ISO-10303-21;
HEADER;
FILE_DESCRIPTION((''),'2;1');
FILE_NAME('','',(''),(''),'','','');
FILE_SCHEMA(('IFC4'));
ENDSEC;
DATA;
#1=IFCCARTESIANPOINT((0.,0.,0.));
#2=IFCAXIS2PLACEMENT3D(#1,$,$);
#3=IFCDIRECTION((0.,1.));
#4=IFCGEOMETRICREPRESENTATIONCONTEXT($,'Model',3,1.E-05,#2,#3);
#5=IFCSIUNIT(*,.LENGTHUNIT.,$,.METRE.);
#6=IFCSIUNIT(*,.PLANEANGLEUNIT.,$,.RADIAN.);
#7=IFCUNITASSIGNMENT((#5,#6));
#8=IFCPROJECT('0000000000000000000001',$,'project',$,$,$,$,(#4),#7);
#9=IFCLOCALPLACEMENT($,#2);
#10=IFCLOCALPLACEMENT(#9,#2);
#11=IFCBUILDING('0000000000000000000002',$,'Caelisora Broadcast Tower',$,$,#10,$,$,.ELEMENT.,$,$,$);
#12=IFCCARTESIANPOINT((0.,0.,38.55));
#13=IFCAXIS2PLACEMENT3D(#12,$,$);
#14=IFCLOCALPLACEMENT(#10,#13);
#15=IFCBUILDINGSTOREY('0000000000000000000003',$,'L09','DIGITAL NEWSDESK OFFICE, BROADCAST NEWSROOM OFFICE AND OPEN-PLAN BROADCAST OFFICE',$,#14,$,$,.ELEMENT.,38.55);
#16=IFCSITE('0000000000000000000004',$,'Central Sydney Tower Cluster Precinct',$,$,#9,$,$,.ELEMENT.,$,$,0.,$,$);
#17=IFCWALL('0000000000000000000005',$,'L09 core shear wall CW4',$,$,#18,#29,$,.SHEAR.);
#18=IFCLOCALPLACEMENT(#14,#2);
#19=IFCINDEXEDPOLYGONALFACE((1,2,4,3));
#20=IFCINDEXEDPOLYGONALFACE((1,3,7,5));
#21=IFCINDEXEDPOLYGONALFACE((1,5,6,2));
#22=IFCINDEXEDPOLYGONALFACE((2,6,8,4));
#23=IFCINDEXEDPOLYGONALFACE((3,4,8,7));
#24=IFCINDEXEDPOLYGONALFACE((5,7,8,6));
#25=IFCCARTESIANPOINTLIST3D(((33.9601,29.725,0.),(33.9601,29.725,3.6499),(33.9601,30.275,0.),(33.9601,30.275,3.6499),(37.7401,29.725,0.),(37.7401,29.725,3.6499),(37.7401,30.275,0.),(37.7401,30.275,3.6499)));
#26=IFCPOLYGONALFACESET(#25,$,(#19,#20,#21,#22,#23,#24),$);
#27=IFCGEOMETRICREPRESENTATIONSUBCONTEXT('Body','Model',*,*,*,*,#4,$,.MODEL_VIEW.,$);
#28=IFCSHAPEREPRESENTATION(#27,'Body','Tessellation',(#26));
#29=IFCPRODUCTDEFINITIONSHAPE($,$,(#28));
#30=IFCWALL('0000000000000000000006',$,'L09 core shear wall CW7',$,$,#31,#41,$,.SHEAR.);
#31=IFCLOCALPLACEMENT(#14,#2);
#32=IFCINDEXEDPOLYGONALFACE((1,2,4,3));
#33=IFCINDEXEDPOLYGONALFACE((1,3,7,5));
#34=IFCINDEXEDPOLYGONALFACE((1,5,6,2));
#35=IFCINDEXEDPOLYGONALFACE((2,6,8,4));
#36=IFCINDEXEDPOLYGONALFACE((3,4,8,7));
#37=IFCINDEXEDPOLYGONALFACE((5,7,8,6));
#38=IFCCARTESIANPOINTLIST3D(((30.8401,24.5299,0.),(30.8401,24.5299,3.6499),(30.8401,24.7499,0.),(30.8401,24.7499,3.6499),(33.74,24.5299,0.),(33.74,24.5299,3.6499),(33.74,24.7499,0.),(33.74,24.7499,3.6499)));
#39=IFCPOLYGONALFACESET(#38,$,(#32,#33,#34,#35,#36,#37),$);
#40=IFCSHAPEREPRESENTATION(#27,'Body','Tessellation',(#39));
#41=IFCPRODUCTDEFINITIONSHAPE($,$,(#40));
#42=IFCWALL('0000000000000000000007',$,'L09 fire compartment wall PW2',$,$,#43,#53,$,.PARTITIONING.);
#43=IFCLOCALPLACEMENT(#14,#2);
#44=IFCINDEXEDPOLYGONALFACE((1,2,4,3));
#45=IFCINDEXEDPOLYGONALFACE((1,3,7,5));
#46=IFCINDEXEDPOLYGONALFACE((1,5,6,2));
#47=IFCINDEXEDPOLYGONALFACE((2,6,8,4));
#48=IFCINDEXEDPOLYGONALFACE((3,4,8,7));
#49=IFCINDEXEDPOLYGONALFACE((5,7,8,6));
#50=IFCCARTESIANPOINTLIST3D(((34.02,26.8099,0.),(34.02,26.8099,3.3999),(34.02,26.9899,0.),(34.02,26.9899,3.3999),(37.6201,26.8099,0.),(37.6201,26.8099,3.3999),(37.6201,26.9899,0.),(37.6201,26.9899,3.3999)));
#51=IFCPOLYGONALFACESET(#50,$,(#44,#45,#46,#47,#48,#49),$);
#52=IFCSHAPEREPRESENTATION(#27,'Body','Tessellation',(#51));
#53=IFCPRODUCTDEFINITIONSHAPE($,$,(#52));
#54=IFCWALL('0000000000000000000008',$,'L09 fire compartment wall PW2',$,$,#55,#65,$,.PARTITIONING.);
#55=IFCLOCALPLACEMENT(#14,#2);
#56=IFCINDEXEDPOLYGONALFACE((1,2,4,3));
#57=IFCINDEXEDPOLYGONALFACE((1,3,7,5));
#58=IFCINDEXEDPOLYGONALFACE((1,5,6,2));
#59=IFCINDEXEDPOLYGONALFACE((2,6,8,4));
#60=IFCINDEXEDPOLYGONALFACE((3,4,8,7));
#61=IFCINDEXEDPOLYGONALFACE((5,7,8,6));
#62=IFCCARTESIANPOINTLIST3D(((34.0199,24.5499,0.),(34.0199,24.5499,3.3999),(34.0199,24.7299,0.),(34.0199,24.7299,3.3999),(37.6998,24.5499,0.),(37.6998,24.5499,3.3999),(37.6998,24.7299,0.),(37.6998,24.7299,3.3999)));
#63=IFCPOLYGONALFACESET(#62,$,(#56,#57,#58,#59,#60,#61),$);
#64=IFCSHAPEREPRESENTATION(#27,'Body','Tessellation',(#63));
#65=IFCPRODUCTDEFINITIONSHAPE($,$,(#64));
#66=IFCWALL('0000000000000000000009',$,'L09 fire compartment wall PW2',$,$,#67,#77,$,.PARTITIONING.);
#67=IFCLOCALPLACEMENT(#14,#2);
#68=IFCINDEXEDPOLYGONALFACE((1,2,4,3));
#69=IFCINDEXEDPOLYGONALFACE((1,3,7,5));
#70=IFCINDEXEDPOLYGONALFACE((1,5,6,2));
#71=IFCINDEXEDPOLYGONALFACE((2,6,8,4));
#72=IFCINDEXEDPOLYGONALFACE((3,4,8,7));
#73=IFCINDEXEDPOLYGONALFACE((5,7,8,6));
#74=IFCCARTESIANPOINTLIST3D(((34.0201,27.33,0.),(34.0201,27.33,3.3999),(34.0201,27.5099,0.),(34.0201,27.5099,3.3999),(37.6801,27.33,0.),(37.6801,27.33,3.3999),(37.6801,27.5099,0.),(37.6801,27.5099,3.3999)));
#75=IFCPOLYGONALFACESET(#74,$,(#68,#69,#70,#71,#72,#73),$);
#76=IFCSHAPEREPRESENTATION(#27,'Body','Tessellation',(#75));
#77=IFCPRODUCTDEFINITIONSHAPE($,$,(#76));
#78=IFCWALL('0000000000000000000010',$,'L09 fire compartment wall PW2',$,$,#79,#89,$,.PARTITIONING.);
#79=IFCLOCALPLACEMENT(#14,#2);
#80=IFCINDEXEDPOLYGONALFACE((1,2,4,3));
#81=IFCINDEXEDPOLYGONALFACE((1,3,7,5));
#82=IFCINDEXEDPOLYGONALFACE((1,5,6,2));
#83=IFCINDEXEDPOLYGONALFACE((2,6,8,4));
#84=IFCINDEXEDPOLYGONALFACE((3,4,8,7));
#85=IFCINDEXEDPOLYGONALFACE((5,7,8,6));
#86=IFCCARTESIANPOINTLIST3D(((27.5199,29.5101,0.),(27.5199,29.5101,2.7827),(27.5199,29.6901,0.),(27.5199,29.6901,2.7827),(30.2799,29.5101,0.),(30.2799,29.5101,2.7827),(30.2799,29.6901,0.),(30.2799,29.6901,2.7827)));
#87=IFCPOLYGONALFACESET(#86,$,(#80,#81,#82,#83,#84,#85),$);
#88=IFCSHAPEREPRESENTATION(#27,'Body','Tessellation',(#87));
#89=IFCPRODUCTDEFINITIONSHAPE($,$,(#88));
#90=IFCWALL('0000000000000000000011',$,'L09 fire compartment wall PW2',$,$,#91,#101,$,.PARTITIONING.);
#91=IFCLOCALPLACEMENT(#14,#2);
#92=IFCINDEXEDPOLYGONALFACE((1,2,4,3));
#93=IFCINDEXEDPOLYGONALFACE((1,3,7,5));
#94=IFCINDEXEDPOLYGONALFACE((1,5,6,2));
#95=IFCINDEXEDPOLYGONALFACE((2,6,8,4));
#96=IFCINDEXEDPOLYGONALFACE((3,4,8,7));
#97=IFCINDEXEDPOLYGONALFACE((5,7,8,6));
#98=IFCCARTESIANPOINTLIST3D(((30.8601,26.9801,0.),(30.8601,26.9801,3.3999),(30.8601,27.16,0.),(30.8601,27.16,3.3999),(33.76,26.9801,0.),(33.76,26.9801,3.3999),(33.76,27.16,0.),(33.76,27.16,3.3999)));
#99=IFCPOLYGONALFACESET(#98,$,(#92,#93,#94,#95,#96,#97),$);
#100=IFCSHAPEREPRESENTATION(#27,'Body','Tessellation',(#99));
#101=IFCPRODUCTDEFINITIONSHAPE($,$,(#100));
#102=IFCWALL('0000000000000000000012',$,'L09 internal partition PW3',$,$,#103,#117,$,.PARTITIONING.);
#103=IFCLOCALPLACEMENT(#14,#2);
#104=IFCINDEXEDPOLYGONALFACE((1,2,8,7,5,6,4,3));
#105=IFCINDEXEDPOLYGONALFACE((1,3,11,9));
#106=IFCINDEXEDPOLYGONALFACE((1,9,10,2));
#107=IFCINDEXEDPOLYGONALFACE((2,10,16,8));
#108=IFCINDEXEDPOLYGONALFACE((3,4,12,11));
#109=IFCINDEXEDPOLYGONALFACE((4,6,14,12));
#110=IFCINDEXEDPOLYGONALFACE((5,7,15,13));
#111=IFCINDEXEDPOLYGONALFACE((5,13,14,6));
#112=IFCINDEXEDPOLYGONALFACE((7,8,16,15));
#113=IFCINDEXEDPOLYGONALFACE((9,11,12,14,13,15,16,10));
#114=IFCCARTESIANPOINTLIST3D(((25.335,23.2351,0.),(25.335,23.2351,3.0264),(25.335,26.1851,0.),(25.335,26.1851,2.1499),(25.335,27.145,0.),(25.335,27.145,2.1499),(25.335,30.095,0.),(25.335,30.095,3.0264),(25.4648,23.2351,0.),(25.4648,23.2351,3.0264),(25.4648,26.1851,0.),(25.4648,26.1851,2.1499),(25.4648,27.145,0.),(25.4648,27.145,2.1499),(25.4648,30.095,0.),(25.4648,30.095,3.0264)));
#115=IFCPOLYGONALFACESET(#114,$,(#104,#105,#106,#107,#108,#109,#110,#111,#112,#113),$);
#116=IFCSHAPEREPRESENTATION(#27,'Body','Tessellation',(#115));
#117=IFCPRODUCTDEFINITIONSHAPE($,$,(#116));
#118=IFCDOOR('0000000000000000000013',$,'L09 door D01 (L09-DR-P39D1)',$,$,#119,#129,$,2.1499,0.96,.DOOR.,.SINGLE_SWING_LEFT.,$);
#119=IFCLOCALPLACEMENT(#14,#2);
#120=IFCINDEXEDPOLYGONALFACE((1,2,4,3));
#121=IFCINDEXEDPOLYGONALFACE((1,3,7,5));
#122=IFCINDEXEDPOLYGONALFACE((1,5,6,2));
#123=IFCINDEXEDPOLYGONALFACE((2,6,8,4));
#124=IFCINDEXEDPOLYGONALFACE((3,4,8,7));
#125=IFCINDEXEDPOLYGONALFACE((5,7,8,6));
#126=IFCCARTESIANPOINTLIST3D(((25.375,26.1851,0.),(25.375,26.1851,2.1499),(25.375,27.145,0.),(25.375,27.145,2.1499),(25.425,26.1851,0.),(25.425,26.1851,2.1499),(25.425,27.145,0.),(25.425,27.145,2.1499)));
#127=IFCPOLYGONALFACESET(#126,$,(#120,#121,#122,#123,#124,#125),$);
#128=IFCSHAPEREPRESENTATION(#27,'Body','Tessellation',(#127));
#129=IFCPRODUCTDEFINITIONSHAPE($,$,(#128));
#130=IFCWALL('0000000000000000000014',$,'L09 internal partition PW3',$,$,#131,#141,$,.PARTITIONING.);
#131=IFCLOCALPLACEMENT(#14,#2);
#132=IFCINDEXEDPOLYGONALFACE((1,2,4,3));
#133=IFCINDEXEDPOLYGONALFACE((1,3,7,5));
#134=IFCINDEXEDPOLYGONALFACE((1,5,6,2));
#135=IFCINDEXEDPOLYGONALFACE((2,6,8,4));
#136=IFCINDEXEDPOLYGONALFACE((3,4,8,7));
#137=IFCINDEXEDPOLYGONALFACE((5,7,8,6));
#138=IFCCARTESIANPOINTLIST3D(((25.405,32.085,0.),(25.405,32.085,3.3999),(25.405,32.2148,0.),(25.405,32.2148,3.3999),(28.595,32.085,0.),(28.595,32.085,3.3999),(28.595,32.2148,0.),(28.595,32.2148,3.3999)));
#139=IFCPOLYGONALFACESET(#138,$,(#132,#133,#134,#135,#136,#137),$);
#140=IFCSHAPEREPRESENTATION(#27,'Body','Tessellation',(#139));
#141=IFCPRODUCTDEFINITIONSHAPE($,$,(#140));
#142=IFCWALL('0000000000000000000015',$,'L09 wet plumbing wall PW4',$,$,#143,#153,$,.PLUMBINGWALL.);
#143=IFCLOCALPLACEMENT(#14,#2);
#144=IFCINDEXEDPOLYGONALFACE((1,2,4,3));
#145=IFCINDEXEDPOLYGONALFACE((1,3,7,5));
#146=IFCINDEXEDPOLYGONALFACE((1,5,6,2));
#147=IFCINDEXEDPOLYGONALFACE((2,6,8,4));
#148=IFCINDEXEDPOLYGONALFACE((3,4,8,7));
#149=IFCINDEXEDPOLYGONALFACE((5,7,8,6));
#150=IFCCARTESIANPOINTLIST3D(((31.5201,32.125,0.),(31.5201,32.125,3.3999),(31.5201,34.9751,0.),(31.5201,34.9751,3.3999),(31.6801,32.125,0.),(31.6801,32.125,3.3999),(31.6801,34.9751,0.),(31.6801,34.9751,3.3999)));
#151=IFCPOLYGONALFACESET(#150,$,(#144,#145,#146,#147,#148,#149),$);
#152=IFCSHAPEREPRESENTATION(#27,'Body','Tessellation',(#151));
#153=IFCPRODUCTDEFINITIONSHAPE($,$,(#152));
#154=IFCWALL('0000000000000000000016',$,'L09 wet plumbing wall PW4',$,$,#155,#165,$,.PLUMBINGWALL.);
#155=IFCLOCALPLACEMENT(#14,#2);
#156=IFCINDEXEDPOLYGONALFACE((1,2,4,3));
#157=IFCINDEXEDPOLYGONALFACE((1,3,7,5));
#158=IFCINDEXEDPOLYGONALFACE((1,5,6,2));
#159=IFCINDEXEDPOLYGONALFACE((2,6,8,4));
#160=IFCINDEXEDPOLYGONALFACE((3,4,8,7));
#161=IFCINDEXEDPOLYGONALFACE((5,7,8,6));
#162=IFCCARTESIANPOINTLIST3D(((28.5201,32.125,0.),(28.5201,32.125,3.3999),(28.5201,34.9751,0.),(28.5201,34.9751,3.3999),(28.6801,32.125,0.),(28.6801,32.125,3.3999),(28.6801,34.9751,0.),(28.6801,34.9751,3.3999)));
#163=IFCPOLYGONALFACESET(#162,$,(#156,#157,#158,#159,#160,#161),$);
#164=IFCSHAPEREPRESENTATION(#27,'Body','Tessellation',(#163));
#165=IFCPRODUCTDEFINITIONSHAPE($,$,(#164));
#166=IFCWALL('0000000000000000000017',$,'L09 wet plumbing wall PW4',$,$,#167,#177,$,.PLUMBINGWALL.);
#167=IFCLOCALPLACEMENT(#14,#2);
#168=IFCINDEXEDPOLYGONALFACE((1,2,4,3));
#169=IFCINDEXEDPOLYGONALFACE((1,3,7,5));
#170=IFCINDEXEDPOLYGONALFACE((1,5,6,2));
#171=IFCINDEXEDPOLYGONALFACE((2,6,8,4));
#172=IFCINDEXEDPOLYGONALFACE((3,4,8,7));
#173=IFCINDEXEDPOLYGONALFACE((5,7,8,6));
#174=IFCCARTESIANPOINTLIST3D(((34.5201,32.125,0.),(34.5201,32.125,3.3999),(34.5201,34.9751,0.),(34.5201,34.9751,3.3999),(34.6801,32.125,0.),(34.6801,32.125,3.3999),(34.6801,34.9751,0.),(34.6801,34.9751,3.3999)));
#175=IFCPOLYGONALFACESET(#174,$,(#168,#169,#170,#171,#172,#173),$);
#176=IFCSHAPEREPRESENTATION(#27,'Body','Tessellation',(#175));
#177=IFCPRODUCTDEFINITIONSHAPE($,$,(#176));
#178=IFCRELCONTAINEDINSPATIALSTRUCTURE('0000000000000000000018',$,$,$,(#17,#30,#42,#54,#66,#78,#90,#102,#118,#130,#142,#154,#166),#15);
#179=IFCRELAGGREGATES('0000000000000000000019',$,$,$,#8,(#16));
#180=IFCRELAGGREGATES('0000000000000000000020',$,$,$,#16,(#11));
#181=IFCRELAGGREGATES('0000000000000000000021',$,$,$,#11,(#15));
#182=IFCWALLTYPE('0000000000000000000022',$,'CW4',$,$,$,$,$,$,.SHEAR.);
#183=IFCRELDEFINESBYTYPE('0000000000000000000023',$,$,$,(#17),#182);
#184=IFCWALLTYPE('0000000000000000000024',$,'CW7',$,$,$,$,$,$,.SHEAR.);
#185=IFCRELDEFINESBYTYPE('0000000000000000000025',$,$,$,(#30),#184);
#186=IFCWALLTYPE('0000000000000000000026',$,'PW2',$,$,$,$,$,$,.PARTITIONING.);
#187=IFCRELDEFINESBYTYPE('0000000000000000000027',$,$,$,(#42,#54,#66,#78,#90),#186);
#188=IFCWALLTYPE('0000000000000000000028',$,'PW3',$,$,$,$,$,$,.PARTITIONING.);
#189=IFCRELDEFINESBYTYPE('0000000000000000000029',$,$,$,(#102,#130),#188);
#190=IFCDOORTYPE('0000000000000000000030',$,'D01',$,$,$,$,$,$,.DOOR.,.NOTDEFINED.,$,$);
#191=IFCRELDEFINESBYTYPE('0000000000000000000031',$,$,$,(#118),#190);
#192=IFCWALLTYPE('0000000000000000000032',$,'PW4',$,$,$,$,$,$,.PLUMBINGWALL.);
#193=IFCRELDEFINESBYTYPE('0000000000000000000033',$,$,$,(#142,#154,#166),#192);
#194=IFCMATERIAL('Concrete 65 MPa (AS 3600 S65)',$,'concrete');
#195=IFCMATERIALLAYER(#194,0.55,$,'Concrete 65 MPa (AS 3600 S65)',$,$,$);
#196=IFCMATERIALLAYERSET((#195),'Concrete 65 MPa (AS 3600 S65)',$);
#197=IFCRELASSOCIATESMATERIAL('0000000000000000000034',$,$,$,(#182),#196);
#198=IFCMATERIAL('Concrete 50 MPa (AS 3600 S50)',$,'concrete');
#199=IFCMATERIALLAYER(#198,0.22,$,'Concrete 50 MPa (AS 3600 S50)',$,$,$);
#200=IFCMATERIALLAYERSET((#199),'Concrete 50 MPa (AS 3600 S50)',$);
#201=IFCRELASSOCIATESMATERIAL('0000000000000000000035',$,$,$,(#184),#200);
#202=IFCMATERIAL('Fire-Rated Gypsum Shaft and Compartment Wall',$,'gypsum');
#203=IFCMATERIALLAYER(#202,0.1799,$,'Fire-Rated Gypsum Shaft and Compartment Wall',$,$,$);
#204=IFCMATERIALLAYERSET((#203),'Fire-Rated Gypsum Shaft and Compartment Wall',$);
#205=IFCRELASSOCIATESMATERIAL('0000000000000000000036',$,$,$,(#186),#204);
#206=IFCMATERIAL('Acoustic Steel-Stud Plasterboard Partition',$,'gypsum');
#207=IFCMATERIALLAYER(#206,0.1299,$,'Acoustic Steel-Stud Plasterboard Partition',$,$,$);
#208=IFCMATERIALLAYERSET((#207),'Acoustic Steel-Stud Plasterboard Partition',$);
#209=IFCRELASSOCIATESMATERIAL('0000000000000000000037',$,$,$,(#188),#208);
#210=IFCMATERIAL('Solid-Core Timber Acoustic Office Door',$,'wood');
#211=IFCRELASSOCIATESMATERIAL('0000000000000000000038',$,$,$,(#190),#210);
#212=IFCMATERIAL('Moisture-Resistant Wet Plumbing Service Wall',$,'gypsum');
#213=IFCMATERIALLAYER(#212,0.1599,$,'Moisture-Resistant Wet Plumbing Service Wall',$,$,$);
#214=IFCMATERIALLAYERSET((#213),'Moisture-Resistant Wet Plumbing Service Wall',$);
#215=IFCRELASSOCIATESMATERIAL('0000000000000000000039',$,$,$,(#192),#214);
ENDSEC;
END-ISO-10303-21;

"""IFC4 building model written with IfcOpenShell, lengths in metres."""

from ifc_helpers import new_model, si_unit, direction, frame, frame_2d, origin, place, context, subcontext, project, spatial, rectangle, extrude, material, layer, layer_set, type_object, element, fill, save


model = new_model("IFC4")

# Units and contexts
model_context = context("Model", 3, precision=1e-05, world=origin(), true_north=direction((0.0, 1.0)))
body_context = subcontext(model_context, "Body", "Model", "MODEL_VIEW")
ifc_project = project(units=[si_unit("LENGTHUNIT", "METRE"), si_unit("PLANEANGLEUNIT", "RADIAN")], contexts=[model_context])

# Site, building, storey
site_placement = place(None, origin())
site = spatial("IfcSite", under=ifc_project, at=site_placement, Name="Central Sydney Tower Cluster Precinct", CompositionType="ELEMENT", RefElevation=0.0)
building_placement = place(site_placement, origin())
building = spatial("IfcBuilding", under=site, at=building_placement, Name="Caelisora Broadcast Tower", CompositionType="ELEMENT")
storey_placement = place(building_placement, frame((0.0, 0.0, 38.55)))
storey = spatial("IfcBuildingStorey", under=building, at=storey_placement, Name="L09", Description="DIGITAL NEWSDESK OFFICE, BROADCAST NEWSROOM OFFICE AND OPEN-PLAN BROADCAST OFFICE", CompositionType="ELEMENT", Elevation=38.55)

# Walls
ifc_material_1 = material(Name="Concrete 65 MPa (AS 3600 S65)", Category="concrete")
ifc_layer_1 = layer(ifc_material_1, 0.55, Name="Concrete 65 MPa (AS 3600 S65)")
ifc_layer_set_1 = layer_set([ifc_layer_1], Name="Concrete 65 MPa (AS 3600 S65)")
wall_type_1 = type_object("IfcWallType", Name="CW4", PredefinedType="SHEAR", material=ifc_layer_set_1)
wall_1_placement = place(storey_placement, frame((33.96, 30.0, 0.0), z_axis=(0.0, 0.0, 1.0), x_axis=(1.0, 0.0, 0.0)))
element("IfcWall", 1, at=wall_1_placement, inside=storey, type_object=wall_type_1, Name="L09 core shear wall CW4", PredefinedType="SHEAR", context=body_context, shape_type="SweptSolid", body=[
    extrude(rectangle(XDim=3.78, YDim=0.55, at=frame_2d((1.8901, 0.0))), origin(), (0.0, 0.0, 1.0), 3.6499),
])
ifc_material_2 = material(Name="Concrete 50 MPa (AS 3600 S50)", Category="concrete")
ifc_layer_2 = layer(ifc_material_2, 0.22, Name="Concrete 50 MPa (AS 3600 S50)")
ifc_layer_set_2 = layer_set([ifc_layer_2], Name="Concrete 50 MPa (AS 3600 S50)")
wall_type_2 = type_object("IfcWallType", Name="CW7", PredefinedType="SHEAR", material=ifc_layer_set_2)
wall_2_placement = place(storey_placement, frame((30.8401, 24.6399, 0.0), z_axis=(0.0, 0.0, 1.0), x_axis=(1.0, 0.0, 0.0)))
element("IfcWall", 2, at=wall_2_placement, inside=storey, type_object=wall_type_2, Name="L09 core shear wall CW7", PredefinedType="SHEAR", context=body_context, shape_type="SweptSolid", body=[
    extrude(rectangle(XDim=2.8999, YDim=0.22, at=frame_2d((1.45, 0.0))), origin(), (0.0, 0.0, 1.0), 3.6499),
])
ifc_material_3 = material(Name="Fire-Rated Gypsum Shaft and Compartment Wall", Category="gypsum")
ifc_layer_3 = layer(ifc_material_3, 0.1799, Name="Fire-Rated Gypsum Shaft and Compartment Wall")
ifc_layer_set_3 = layer_set([ifc_layer_3], Name="Fire-Rated Gypsum Shaft and Compartment Wall")
wall_type_3 = type_object("IfcWallType", Name="PW2", PredefinedType="PARTITIONING", material=ifc_layer_set_3)
wall_3_placement = place(storey_placement, frame((34.02, 26.8999, 0.0), z_axis=(0.0, 0.0, 1.0), x_axis=(1.0, 0.0, 0.0)))
element("IfcWall", 3, at=wall_3_placement, inside=storey, type_object=wall_type_3, Name="L09 fire compartment wall PW2", PredefinedType="PARTITIONING", context=body_context, shape_type="SweptSolid", body=[
    extrude(rectangle(XDim=3.6001, YDim=0.1799, at=frame_2d((1.8, 0.0))), origin(), (0.0, 0.0, 1.0), 3.3999),
])
wall_4_placement = place(storey_placement, frame((34.02, 24.6399, 0.0), z_axis=(0.0, 0.0, 1.0), x_axis=(1.0, 0.0, 0.0)))
element("IfcWall", 4, at=wall_4_placement, inside=storey, type_object=wall_type_3, Name="L09 fire compartment wall PW2", PredefinedType="PARTITIONING", context=body_context, shape_type="SweptSolid", body=[
    extrude(rectangle(XDim=3.6799, YDim=0.1799, at=frame_2d((1.8398, 0.0))), origin(), (0.0, 0.0, 1.0), 3.3999),
])
wall_5_placement = place(storey_placement, frame((34.02, 27.4199, 0.0), z_axis=(0.0, 0.0, 1.0), x_axis=(1.0, 0.0, 0.0)))
element("IfcWall", 5, at=wall_5_placement, inside=storey, type_object=wall_type_3, Name="L09 fire compartment wall PW2", PredefinedType="PARTITIONING", context=body_context, shape_type="SweptSolid", body=[
    extrude(rectangle(XDim=3.6599, YDim=0.1799, at=frame_2d((1.8301, 0.0))), origin(), (0.0, 0.0, 1.0), 3.3999),
])
wall_6_placement = place(storey_placement, frame((27.52, 29.6001, 0.0), z_axis=(0.0, 0.0, 1.0), x_axis=(1.0, 0.0, 0.0)))
element("IfcWall", 6, at=wall_6_placement, inside=storey, type_object=wall_type_3, Name="L09 fire compartment wall PW2", PredefinedType="PARTITIONING", context=body_context, shape_type="SweptSolid", body=[
    extrude(rectangle(XDim=2.76, YDim=0.1799, at=frame_2d((1.3799, 0.0))), origin(), (0.0, 0.0, 1.0), 2.7827),
])
wall_7_placement = place(storey_placement, frame((30.8601, 27.0701, 0.0), z_axis=(0.0, 0.0, 1.0), x_axis=(1.0, 0.0, 0.0)))
element("IfcWall", 7, at=wall_7_placement, inside=storey, type_object=wall_type_3, Name="L09 fire compartment wall PW2", PredefinedType="PARTITIONING", context=body_context, shape_type="SweptSolid", body=[
    extrude(rectangle(XDim=2.8999, YDim=0.1799, at=frame_2d((1.45, 0.0))), origin(), (0.0, 0.0, 1.0), 3.3999),
])

# Wall, opening, door
ifc_material_4 = material(Name="Acoustic Steel-Stud Plasterboard Partition", Category="gypsum")
ifc_layer_4 = layer(ifc_material_4, 0.1299, Name="Acoustic Steel-Stud Plasterboard Partition")
ifc_layer_set_4 = layer_set([ifc_layer_4], Name="Acoustic Steel-Stud Plasterboard Partition")
wall_type_4 = type_object("IfcWallType", Name="PW3", PredefinedType="PARTITIONING", material=ifc_layer_set_4)
wall_8_placement = place(storey_placement, frame((25.3999, 23.2351, 0.0), z_axis=(0.0, 0.0, 1.0), x_axis=(0.0, 1.0, 0.0)))
wall_8 = element("IfcWall", 8, at=wall_8_placement, inside=storey, type_object=wall_type_4, Name="L09 internal partition PW3", PredefinedType="PARTITIONING", context=body_context, shape_type="SweptSolid", body=[
    extrude(rectangle(XDim=6.8599, YDim=0.1299, at=frame_2d((3.4299, 0.0))), origin(), (0.0, 0.0, 1.0), 3.0264),
])
opening_placement = place(wall_8_placement, frame((2.95, 0.0, 0.0)))
opening = element("IfcOpeningElement", 9, at=opening_placement, cuts=wall_8, PredefinedType="OPENING", context=body_context, shape_type="SweptSolid", body=[
    extrude(rectangle(XDim=0.96, YDim=2.1499, at=frame_2d((0.48, 1.075))), frame((0.0, 0.0769, 0.0), z_axis=(0.0, -1.0, 0.0), x_axis=(1.0, 0.0, 0.0)), (0.0, 0.0, 1.0), 0.1538),
])
ifc_material_5 = material(Name="Solid-Core Timber Acoustic Office Door", Category="wood")
door_type = type_object("IfcDoorType", Name="D01", OperationType="NOTDEFINED", PredefinedType="DOOR", material=ifc_material_5)
door_placement = place(opening_placement, origin())
door = element("IfcDoor", 10, at=door_placement, inside=storey, type_object=door_type, Name="L09 door D01 (L09-DR-P39D1)", OperationType="SINGLE_SWING_LEFT", OverallHeight=2.1499, OverallWidth=0.96, PredefinedType="DOOR", context=body_context, shape_type="SweptSolid", body=[
    extrude(rectangle(XDim=0.96, YDim=2.1499, at=frame_2d((0.48, 1.075))), frame((0.0, 0.0249, 0.0), z_axis=(0.0, -1.0, 0.0), x_axis=(1.0, 0.0, 0.0)), (0.0, 0.0, 1.0), 0.05),
])
fill(opening, door)

# Walls
wall_9_placement = place(storey_placement, frame((25.405, 32.1499, 0.0), z_axis=(0.0, 0.0, 1.0), x_axis=(1.0, 0.0, 0.0)))
element("IfcWall", 11, at=wall_9_placement, inside=storey, type_object=wall_type_4, Name="L09 internal partition PW3", PredefinedType="PARTITIONING", context=body_context, shape_type="SweptSolid", body=[
    extrude(rectangle(XDim=3.1899, YDim=0.1299, at=frame_2d((1.595, 0.0))), origin(), (0.0, 0.0, 1.0), 3.3999),
])
ifc_material_6 = material(Name="Moisture-Resistant Wet Plumbing Service Wall", Category="gypsum")
ifc_layer_5 = layer(ifc_material_6, 0.1599, Name="Moisture-Resistant Wet Plumbing Service Wall")
ifc_layer_set_5 = layer_set([ifc_layer_5], Name="Moisture-Resistant Wet Plumbing Service Wall")
wall_type_5 = type_object("IfcWallType", Name="PW4", PredefinedType="PLUMBINGWALL", material=ifc_layer_set_5)
for number, where, z_axis, x_axis, name in (
    (12, (31.6001, 32.125, 0.0), (0.0, 0.0, 1.0), (0.0, 1.0, 0.0), "L09 wet plumbing wall PW4"),
    (13, (28.6001, 32.125, 0.0), (0.0, 0.0, 1.0), (0.0, 1.0, 0.0), "L09 wet plumbing wall PW4"),
    (14, (34.6001, 32.125, 0.0), (0.0, 0.0, 1.0), (0.0, 1.0, 0.0), "L09 wet plumbing wall PW4"),
):
    element("IfcWall", number, at=place(storey_placement, frame(where, z_axis=z_axis, x_axis=x_axis)), inside=storey, type_object=wall_type_5, Name=name, PredefinedType="PLUMBINGWALL", context=body_context, shape_type="SweptSolid", body=[
        extrude(rectangle(XDim=2.8501, YDim=0.1599, at=frame_2d((1.425, 0.0))), origin(), (0.0, 0.0, 1.0), 3.3999),
    ])

save(model, "model.ifc")
